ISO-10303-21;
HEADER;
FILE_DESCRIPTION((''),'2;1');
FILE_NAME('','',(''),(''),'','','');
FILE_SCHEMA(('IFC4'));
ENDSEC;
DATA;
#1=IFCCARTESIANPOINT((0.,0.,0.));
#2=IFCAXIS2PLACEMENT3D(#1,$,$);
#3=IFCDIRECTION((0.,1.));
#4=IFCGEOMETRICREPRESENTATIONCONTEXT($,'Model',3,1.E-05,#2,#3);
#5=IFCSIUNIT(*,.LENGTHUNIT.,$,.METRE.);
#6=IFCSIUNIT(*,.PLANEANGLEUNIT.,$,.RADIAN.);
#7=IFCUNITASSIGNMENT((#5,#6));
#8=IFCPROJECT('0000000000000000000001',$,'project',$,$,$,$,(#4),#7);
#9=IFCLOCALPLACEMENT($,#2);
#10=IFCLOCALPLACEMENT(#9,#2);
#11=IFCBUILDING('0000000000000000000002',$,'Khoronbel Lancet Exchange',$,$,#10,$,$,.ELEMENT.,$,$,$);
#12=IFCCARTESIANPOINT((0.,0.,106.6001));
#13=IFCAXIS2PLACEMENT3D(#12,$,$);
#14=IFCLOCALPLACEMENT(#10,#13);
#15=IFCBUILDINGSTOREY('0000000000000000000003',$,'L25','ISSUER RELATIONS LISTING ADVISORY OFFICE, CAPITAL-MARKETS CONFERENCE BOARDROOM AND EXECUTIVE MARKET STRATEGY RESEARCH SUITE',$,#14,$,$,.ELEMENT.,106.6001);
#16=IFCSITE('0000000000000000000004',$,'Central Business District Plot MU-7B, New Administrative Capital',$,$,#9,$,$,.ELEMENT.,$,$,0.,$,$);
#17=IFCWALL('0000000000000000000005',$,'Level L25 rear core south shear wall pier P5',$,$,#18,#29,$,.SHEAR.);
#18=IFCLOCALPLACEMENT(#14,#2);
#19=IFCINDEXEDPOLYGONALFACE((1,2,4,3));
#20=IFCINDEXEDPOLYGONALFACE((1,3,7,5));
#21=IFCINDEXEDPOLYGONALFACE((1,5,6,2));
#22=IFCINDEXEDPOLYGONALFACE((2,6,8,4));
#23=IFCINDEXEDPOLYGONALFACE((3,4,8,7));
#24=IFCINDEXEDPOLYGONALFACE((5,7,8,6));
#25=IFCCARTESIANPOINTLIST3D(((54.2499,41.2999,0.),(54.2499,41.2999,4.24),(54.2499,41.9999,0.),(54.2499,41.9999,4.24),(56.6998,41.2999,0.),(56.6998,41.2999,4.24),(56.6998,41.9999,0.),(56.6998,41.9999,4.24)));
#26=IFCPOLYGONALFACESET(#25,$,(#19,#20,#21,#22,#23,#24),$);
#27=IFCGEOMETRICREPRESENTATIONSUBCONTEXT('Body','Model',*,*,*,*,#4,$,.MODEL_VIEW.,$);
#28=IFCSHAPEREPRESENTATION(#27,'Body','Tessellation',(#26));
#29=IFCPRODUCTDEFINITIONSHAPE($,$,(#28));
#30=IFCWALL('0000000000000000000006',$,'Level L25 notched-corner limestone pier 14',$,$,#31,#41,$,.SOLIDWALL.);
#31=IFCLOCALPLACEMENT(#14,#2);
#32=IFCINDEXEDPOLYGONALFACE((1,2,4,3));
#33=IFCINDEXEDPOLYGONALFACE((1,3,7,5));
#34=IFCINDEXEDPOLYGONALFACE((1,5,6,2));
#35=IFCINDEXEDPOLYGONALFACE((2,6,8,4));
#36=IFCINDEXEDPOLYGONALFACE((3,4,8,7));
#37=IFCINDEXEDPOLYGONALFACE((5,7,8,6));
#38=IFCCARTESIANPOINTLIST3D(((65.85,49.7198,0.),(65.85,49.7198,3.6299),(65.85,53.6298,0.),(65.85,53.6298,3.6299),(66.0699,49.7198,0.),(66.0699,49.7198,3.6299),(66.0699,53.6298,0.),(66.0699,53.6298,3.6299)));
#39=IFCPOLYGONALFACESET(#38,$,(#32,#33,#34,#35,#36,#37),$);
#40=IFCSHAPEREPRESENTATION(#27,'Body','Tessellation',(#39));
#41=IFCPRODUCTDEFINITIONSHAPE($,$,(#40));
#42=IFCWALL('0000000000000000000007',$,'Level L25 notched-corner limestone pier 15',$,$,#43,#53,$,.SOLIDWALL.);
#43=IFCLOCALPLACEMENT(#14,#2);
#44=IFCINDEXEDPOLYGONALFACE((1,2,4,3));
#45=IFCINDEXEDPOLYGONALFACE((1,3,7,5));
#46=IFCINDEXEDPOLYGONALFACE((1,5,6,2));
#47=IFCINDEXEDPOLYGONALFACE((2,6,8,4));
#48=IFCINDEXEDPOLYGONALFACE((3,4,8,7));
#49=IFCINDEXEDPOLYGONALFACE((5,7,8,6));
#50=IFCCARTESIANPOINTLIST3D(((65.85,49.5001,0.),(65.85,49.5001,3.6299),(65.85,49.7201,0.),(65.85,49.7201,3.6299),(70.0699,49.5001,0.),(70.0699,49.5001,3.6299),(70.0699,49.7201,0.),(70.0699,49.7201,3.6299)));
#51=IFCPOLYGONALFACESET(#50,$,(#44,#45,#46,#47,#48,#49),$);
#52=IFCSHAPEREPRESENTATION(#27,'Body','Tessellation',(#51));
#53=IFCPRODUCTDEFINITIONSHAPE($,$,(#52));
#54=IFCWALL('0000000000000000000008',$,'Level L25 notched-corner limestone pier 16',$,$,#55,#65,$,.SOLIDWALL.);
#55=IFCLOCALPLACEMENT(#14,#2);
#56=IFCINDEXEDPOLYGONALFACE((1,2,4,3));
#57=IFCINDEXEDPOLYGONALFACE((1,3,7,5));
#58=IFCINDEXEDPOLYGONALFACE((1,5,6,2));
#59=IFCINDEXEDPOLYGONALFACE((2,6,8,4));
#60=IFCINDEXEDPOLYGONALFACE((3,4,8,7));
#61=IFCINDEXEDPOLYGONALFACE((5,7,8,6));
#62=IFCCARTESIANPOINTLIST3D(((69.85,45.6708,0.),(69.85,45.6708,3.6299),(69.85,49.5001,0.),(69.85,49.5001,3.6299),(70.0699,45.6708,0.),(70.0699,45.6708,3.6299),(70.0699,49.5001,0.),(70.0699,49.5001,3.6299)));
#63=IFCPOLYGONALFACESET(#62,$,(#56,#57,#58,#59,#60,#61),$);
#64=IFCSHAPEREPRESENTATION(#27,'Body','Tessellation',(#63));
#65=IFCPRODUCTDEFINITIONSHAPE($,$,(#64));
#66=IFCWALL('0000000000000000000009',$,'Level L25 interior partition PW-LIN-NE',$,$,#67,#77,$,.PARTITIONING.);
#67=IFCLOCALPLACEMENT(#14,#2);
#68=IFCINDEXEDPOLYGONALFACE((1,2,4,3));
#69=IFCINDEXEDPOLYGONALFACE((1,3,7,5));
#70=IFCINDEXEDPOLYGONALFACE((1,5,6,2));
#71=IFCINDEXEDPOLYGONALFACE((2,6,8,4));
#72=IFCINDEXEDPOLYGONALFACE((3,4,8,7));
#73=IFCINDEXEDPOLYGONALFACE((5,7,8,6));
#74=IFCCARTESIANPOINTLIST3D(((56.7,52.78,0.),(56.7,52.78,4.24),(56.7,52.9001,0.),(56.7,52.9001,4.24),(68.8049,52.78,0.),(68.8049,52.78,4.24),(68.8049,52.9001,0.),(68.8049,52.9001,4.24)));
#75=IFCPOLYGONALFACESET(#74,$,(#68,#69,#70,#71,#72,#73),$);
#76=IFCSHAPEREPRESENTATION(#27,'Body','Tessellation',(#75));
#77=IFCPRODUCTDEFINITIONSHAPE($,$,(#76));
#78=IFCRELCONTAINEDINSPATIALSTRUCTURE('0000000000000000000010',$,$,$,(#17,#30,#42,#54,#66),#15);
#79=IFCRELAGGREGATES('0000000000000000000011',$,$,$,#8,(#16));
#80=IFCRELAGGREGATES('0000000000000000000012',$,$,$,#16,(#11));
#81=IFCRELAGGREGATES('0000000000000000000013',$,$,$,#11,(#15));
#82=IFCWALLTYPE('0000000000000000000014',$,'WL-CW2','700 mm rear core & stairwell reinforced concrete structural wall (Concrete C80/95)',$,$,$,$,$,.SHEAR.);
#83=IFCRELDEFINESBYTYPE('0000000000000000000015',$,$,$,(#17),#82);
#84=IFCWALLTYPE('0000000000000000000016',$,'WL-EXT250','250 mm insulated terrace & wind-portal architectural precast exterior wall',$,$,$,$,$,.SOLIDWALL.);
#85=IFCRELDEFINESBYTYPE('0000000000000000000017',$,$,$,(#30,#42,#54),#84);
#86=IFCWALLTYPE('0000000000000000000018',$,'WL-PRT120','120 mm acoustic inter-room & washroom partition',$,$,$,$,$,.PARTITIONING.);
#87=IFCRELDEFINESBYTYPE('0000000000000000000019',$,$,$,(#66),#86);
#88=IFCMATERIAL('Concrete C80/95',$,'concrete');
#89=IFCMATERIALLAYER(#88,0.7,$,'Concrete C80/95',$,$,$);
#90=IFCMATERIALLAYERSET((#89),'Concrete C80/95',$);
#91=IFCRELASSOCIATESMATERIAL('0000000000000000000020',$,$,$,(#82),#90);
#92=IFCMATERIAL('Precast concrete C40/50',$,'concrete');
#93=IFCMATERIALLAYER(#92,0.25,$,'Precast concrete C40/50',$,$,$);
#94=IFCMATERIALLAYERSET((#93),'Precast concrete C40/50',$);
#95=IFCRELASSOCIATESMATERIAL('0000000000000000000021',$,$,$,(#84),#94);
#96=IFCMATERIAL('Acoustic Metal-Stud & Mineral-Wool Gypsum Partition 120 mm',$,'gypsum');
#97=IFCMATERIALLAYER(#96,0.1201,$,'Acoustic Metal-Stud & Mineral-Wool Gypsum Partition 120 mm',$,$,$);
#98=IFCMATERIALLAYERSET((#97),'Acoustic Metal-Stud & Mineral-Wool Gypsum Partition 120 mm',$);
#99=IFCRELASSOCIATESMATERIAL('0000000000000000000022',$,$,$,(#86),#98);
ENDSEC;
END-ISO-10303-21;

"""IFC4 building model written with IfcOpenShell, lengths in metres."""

from ifc_helpers import new_model, si_unit, direction, frame, frame_2d, origin, place, context, subcontext, project, spatial, rectangle, extrude, material, layer, layer_set, type_object, element, save


model = new_model("IFC4")

# Units and contexts
model_context = context("Model", 3, precision=1e-05, world=origin(), true_north=direction((0.0, 1.0)))
body_context = subcontext(model_context, "Body", "Model", "MODEL_VIEW")
ifc_project = project(units=[si_unit("LENGTHUNIT", "METRE"), si_unit("PLANEANGLEUNIT", "RADIAN")], contexts=[model_context])

# Site, building, storey
site_placement = place(None, origin())
site = spatial("IfcSite", under=ifc_project, at=site_placement, Name="Central Business District Plot MU-7B, New Administrative Capital", CompositionType="ELEMENT", RefElevation=0.0)
building_placement = place(site_placement, origin())
building = spatial("IfcBuilding", under=site, at=building_placement, Name="Khoronbel Lancet Exchange", CompositionType="ELEMENT")
storey_placement = place(building_placement, frame((0.0, 0.0, 106.6001)))
storey = spatial("IfcBuildingStorey", under=building, at=storey_placement, Name="L25", Description="ISSUER RELATIONS LISTING ADVISORY OFFICE, CAPITAL-MARKETS CONFERENCE BOARDROOM AND EXECUTIVE MARKET STRATEGY RESEARCH SUITE", CompositionType="ELEMENT", Elevation=106.6001)

# Walls
ifc_material_1 = material(Name="Concrete C80/95", Category="concrete")
ifc_layer_1 = layer(ifc_material_1, 0.7, Name="Concrete C80/95")
ifc_layer_set_1 = layer_set([ifc_layer_1], Name="Concrete C80/95")
wall_type_1 = type_object("IfcWallType", Name="WL-CW2", Description="700 mm rear core & stairwell reinforced concrete structural wall (Concrete C80/95)", PredefinedType="SHEAR", material=ifc_layer_set_1)
wall_1_placement = place(storey_placement, frame((56.7, 41.6499, 0.0), z_axis=(0.0, 0.0, 1.0), x_axis=(-1.0, 0.0, 0.0)))
element("IfcWall", 1, at=wall_1_placement, inside=storey, type_object=wall_type_1, Name="Level L25 rear core south shear wall pier P5", PredefinedType="SHEAR", context=body_context, shape_type="SweptSolid", body=[
    extrude(rectangle(XDim=2.45, YDim=0.7, at=frame_2d((1.2251, 0.0))), origin(), (0.0, 0.0, 1.0), 4.24),
])
ifc_material_2 = material(Name="Precast concrete C40/50", Category="concrete")
ifc_layer_2 = layer(ifc_material_2, 0.25, Name="Precast concrete C40/50")
ifc_layer_set_2 = layer_set([ifc_layer_2], Name="Precast concrete C40/50")
wall_type_2 = type_object("IfcWallType", Name="WL-EXT250", Description="250 mm insulated terrace & wind-portal architectural precast exterior wall", PredefinedType="SOLIDWALL", material=ifc_layer_set_2)
wall_2_placement = place(storey_placement, frame((65.96, 53.6299, 0.0), z_axis=(0.0, 0.0, 1.0), x_axis=(0.0, -1.0, 0.0)))
element("IfcWall", 2, at=wall_2_placement, inside=storey, type_object=wall_type_2, Name="Level L25 notched-corner limestone pier 14", PredefinedType="SOLIDWALL", context=body_context, shape_type="SweptSolid", body=[
    extrude(rectangle(XDim=3.9099, YDim=0.22, at=frame_2d((1.9551, 0.0))), origin(), (0.0, 0.0, 1.0), 3.6299),
])
wall_3_placement = place(storey_placement, frame((65.8501, 49.6101, 0.0), z_axis=(0.0, 0.0, 1.0), x_axis=(1.0, 0.0, 0.0)))
element("IfcWall", 3, at=wall_3_placement, inside=storey, type_object=wall_type_2, Name="Level L25 notched-corner limestone pier 15", PredefinedType="SOLIDWALL", context=body_context, shape_type="SweptSolid", body=[
    extrude(rectangle(XDim=4.22, YDim=0.22, at=frame_2d((2.1099, 0.0))), origin(), (0.0, 0.0, 1.0), 3.6299),
])
wall_4_placement = place(storey_placement, frame((69.96, 49.5, 0.0), z_axis=(0.0, 0.0, 1.0), x_axis=(0.0, -1.0, 0.0)))
element("IfcWall", 4, at=wall_4_placement, inside=storey, type_object=wall_type_2, Name="Level L25 notched-corner limestone pier 16", PredefinedType="SOLIDWALL", context=body_context, shape_type="SweptSolid", body=[
    extrude(rectangle(XDim=3.8293, YDim=0.22, at=frame_2d((1.9146, 0.0))), origin(), (0.0, 0.0, 1.0), 3.6299),
])
ifc_material_3 = material(Name="Acoustic Metal-Stud & Mineral-Wool Gypsum Partition 120 mm", Category="gypsum")
ifc_layer_3 = layer(ifc_material_3, 0.1201, Name="Acoustic Metal-Stud & Mineral-Wool Gypsum Partition 120 mm")
ifc_layer_set_3 = layer_set([ifc_layer_3], Name="Acoustic Metal-Stud & Mineral-Wool Gypsum Partition 120 mm")
wall_type_3 = type_object("IfcWallType", Name="WL-PRT120", Description="120 mm acoustic inter-room & washroom partition", PredefinedType="PARTITIONING", material=ifc_layer_set_3)
wall_5_placement = place(storey_placement, frame((56.7, 52.8401, 0.0), z_axis=(0.0, 0.0, 1.0), x_axis=(1.0, 0.0, 0.0)))
element("IfcWall", 5, at=wall_5_placement, inside=storey, type_object=wall_type_3, Name="Level L25 interior partition PW-LIN-NE", PredefinedType="PARTITIONING", context=body_context, shape_type="SweptSolid", body=[
    extrude(rectangle(XDim=12.105, YDim=0.1201, at=frame_2d((6.0525, 0.0))), origin(), (0.0, 0.0, 1.0), 4.24),
])

save(model, "model.ifc")
